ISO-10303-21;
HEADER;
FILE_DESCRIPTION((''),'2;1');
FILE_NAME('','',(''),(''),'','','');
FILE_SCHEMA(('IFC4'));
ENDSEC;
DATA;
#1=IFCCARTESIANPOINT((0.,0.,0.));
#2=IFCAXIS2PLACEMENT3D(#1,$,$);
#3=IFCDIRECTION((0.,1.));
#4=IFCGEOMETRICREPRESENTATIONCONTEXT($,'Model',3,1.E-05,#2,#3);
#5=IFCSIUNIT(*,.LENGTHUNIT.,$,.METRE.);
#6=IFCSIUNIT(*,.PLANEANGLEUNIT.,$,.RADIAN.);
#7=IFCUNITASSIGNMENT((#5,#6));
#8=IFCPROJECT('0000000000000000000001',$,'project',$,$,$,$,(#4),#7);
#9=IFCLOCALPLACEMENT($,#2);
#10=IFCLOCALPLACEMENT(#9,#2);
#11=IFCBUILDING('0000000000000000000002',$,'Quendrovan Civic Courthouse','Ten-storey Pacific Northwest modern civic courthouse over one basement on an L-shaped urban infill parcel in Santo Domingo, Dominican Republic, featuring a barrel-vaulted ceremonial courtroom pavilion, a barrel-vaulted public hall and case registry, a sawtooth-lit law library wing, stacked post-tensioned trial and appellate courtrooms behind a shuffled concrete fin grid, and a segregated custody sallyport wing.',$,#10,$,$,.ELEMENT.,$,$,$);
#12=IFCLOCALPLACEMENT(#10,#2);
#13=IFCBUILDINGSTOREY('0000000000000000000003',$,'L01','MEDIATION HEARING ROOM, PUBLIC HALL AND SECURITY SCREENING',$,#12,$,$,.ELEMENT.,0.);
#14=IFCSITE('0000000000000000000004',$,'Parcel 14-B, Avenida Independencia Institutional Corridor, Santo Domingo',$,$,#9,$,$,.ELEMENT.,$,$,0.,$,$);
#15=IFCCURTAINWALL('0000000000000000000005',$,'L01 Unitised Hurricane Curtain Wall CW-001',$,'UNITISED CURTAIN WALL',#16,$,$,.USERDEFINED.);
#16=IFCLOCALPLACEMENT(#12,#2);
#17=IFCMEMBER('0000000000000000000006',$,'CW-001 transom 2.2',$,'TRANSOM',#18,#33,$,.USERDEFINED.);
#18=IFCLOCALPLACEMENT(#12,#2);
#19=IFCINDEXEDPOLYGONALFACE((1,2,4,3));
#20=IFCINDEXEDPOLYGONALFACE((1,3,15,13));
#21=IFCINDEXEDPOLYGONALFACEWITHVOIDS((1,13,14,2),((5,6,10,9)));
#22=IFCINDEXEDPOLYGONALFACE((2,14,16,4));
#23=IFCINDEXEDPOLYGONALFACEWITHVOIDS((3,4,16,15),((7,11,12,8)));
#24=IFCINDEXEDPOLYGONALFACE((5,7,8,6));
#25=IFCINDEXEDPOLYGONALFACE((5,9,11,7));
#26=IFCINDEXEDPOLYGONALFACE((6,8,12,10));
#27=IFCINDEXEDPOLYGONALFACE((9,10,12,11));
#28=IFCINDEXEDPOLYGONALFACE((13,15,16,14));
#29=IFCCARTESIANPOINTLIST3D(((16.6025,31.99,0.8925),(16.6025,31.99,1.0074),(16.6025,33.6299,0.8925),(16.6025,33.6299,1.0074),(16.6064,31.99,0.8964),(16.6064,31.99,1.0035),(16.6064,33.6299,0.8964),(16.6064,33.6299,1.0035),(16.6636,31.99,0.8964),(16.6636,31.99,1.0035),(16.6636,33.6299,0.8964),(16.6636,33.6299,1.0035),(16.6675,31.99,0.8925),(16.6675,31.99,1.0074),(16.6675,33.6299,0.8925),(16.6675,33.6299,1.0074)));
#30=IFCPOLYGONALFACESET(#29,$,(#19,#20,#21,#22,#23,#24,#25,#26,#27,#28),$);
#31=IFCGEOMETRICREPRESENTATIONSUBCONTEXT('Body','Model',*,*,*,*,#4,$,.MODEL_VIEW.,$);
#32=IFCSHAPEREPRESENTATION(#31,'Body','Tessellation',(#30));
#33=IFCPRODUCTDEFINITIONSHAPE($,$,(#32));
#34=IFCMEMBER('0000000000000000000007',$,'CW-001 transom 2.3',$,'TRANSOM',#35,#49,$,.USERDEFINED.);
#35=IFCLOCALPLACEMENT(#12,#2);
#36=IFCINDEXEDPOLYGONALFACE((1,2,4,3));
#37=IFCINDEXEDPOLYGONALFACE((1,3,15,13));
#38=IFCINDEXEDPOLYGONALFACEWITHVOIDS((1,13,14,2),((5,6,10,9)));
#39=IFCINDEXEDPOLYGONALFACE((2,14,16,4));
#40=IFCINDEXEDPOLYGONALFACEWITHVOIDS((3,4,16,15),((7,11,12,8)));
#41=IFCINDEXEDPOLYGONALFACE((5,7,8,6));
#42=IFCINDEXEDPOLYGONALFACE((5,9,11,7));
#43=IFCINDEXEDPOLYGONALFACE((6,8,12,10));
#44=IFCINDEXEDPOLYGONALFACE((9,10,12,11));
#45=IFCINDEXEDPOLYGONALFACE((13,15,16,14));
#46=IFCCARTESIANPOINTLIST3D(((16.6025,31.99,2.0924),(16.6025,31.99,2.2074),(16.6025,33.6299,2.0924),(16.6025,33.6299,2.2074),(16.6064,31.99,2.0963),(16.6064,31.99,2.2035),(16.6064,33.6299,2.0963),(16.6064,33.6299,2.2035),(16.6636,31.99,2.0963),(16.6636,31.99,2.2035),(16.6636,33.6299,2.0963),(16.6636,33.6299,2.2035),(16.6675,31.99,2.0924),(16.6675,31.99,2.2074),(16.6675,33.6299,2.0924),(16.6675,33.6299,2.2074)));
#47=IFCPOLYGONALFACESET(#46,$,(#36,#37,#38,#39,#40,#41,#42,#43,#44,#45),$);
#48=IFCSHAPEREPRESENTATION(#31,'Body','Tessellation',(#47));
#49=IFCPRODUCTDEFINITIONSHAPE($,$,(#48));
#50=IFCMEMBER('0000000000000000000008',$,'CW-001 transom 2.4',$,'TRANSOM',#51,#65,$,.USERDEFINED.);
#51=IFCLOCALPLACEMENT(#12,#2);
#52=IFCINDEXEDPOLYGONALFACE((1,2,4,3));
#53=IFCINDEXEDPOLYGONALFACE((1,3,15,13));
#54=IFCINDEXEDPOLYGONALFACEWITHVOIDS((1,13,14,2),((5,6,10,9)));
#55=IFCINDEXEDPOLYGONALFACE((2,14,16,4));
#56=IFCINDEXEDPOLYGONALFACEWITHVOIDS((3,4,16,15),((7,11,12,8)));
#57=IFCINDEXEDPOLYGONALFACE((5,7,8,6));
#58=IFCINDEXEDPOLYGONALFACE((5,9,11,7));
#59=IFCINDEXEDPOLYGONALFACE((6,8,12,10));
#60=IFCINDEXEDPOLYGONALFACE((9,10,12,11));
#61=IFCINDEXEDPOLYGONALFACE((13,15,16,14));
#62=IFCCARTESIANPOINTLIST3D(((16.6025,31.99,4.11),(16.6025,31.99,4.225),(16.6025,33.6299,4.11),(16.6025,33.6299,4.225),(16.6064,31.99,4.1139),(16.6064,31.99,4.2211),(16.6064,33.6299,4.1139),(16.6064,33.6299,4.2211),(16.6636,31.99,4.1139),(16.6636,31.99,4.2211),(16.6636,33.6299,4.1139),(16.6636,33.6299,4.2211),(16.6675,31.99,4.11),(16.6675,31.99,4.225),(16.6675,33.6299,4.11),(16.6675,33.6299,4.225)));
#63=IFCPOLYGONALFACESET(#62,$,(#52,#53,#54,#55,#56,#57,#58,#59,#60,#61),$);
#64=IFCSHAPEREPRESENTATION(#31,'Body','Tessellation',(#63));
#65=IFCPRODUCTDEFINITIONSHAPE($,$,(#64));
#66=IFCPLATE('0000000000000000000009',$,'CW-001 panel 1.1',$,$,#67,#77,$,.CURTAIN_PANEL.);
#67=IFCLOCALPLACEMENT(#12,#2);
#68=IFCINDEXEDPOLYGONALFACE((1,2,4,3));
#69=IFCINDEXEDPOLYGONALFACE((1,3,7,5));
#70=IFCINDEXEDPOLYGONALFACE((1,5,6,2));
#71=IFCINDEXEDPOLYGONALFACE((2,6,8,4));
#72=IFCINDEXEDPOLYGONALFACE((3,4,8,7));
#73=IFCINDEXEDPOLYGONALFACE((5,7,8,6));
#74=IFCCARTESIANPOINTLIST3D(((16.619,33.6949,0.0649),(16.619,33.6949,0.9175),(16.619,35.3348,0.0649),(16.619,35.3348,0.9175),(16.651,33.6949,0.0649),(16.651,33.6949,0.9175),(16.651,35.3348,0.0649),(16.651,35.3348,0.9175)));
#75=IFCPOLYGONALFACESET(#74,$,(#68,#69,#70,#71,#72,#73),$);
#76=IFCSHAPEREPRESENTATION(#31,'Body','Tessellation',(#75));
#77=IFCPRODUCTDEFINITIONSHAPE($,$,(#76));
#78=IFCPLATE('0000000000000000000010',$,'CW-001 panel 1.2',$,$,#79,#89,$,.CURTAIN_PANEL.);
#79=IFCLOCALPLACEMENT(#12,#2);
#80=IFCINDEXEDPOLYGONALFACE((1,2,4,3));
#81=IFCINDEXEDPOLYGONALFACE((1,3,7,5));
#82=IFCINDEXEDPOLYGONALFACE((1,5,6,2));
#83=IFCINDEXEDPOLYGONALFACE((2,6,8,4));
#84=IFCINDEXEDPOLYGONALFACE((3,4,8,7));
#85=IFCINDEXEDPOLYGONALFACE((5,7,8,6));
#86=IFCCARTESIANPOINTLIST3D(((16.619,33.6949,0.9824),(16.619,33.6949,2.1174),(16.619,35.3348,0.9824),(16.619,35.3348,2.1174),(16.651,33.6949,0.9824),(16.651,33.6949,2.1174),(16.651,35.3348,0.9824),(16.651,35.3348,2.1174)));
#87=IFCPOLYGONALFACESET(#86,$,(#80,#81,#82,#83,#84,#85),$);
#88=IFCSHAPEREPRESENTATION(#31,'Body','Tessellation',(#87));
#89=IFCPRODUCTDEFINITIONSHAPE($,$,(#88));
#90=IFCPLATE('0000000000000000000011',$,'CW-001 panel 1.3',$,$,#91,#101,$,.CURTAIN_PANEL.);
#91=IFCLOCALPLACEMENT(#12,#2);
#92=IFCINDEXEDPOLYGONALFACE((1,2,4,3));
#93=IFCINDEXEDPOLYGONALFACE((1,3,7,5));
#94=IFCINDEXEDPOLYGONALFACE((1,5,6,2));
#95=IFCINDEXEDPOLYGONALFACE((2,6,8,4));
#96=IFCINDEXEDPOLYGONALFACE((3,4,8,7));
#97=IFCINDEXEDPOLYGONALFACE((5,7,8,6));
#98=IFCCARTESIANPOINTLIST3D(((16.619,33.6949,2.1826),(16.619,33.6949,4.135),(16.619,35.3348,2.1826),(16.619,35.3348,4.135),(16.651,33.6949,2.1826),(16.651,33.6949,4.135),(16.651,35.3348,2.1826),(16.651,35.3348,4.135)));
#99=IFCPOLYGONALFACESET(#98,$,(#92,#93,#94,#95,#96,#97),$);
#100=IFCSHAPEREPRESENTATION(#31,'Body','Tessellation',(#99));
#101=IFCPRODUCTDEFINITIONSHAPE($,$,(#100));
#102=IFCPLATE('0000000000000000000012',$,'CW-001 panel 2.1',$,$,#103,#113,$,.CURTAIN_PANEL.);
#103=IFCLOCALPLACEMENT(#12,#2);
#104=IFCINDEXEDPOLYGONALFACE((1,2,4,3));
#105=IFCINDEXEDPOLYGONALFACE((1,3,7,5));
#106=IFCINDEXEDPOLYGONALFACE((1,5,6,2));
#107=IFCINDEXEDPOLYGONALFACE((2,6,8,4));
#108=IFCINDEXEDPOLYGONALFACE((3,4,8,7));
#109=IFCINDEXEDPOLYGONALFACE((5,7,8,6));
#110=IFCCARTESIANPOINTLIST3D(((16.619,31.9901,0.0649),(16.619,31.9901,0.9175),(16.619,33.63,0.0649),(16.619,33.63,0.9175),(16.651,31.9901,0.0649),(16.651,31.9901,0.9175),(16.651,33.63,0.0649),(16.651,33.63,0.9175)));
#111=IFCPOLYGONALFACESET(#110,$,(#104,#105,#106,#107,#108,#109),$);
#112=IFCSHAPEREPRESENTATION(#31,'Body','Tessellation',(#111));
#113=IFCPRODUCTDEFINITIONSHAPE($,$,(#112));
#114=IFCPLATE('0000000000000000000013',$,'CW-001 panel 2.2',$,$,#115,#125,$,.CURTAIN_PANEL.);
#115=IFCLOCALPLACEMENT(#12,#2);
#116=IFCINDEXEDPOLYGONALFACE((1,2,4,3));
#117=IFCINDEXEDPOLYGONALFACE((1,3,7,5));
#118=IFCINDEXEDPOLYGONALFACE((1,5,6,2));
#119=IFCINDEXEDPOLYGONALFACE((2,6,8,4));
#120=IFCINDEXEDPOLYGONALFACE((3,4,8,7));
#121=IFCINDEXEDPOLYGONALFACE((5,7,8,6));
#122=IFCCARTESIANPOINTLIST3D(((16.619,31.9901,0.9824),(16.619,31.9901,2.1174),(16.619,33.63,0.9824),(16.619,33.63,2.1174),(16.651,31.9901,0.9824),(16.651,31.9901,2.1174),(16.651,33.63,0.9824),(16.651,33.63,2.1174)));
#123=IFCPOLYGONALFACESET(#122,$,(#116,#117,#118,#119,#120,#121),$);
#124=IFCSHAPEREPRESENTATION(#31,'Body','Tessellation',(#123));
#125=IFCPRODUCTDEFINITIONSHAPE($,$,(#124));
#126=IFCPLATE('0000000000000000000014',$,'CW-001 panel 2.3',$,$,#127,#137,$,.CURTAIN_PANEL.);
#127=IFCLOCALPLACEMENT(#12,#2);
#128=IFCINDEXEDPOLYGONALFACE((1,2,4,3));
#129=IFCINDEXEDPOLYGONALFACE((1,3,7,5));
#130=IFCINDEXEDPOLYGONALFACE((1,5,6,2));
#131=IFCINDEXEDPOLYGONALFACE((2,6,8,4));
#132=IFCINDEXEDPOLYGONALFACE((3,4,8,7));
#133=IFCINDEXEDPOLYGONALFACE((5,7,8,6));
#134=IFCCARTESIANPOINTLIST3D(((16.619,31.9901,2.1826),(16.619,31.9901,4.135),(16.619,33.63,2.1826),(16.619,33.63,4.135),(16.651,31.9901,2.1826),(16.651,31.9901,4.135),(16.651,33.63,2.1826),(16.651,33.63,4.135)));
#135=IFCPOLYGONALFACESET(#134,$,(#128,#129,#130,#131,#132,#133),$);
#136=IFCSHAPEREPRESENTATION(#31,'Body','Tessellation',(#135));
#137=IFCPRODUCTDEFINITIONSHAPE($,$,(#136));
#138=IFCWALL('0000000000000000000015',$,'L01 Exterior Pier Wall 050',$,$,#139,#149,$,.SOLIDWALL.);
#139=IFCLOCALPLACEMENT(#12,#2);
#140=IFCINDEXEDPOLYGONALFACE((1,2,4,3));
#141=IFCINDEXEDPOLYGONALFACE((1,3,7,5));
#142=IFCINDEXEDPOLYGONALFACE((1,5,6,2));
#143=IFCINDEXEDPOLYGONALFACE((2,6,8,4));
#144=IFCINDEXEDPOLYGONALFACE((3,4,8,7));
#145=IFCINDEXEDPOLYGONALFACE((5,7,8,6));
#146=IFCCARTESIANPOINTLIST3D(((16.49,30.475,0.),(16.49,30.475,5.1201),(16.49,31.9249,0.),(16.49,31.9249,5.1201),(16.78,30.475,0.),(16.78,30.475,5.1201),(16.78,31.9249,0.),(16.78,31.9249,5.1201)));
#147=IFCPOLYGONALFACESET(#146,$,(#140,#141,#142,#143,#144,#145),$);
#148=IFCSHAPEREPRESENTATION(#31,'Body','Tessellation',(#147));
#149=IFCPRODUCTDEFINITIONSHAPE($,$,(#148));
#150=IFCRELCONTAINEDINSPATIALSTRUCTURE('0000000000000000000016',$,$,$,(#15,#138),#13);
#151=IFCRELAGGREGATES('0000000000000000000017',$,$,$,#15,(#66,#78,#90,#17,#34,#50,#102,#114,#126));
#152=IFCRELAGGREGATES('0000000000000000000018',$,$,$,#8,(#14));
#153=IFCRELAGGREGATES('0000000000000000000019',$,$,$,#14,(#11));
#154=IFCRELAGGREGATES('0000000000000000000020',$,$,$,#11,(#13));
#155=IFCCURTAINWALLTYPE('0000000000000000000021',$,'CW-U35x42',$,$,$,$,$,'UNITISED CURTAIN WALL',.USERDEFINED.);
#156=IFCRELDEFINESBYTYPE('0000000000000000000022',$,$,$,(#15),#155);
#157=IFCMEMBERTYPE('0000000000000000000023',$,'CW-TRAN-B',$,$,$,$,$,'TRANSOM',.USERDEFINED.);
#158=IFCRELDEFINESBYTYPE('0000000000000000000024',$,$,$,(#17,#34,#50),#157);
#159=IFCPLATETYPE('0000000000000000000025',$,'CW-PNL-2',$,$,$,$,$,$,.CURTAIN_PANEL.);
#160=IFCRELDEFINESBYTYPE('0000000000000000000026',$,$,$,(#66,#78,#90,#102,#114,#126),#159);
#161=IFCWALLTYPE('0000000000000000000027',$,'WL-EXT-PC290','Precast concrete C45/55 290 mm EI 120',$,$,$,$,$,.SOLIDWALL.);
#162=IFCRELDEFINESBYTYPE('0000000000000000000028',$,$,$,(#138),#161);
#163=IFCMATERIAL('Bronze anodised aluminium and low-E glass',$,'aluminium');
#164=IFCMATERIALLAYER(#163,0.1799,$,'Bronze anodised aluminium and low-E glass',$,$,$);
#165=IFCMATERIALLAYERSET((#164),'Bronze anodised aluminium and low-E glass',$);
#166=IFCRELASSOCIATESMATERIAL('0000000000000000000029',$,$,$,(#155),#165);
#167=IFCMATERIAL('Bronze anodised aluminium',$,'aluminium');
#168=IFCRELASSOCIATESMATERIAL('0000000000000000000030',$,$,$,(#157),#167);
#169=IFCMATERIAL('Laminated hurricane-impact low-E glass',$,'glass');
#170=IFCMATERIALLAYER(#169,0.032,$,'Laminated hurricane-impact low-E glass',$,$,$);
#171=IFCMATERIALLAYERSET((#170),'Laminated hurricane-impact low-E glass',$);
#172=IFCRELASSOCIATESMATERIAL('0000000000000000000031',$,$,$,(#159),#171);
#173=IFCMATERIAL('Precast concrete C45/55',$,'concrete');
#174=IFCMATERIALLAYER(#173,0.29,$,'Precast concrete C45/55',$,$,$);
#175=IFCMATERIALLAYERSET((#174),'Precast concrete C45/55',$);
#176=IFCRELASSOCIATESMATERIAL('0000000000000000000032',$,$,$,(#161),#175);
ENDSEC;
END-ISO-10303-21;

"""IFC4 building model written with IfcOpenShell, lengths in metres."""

from ifc_helpers import new_model, si_unit, direction, frame, frame_2d, origin, origin_2d, place, context, subcontext, project, spatial, rectangle, hollow_rectangle, extrude, material, layer, layer_set, material_profile, profile_set, type_object, element, aggregate, save


model = new_model("IFC4")

# Units and contexts
model_context = context("Model", 3, precision=1e-05, world=origin(), true_north=direction((0.0, 1.0)))
body_context = subcontext(model_context, "Body", "Model", "MODEL_VIEW")
ifc_project = project(units=[si_unit("LENGTHUNIT", "METRE"), si_unit("PLANEANGLEUNIT", "RADIAN")], contexts=[model_context])

# Site, building, storey
site_placement = place(None, origin())
site = spatial("IfcSite", under=ifc_project, at=site_placement, Name="Parcel 14-B, Avenida Independencia Institutional Corridor, Santo Domingo", CompositionType="ELEMENT", RefElevation=0.0)
building_placement = place(site_placement, origin())
building = spatial("IfcBuilding", under=site, at=building_placement, Name="Quendrovan Civic Courthouse", Description="Ten-storey Pacific Northwest modern civic courthouse over one basement on an L-shaped urban infill parcel in Santo Domingo, Dominican Republic, featuring a barrel-vaulted ceremonial courtroom pavilion, a barrel-vaulted public hall and case registry, a sawtooth-lit law library wing, stacked post-tensioned trial and appellate courtrooms behind a shuffled concrete fin grid, and a segregated custody sallyport wing.", CompositionType="ELEMENT")
storey_placement = place(building_placement, origin())
storey = spatial("IfcBuildingStorey", under=building, at=storey_placement, Name="L01", Description="MEDIATION HEARING ROOM, PUBLIC HALL AND SECURITY SCREENING", CompositionType="ELEMENT", Elevation=0.0)

# Shared definitions
ifc_material_1 = material(Name="Bronze anodised aluminium and low-E glass", Category="aluminium")
ifc_material_2 = material(Name="Bronze anodised aluminium", Category="aluminium")

# Curtain wall
ifc_layer_1 = layer(ifc_material_1, 0.1799, Name="Bronze anodised aluminium and low-E glass")
ifc_layer_set_1 = layer_set([ifc_layer_1], Name="Bronze anodised aluminium and low-E glass")
curtain_wall_type_1 = type_object("IfcCurtainWallType", Name="CW-U35x42", ElementType="UNITISED CURTAIN WALL", PredefinedType="USERDEFINED", material=ifc_layer_set_1)
curtain_wall_1_placement = place(storey_placement, origin())
curtain_wall_1 = element("IfcCurtainWall", 1, at=curtain_wall_1_placement, inside=storey, type_object=curtain_wall_type_1, Name="L01 Unitised Hurricane Curtain Wall CW-001", ObjectType="UNITISED CURTAIN WALL", PredefinedType="USERDEFINED")

# Members
ifc_material_profile_1 = material_profile(ifc_material_2, hollow_rectangle(XDim=0.0649, YDim=0.115, WallThickness=0.0039, at=origin_2d()), Name="CW-TRAN-65x115")
ifc_profile_set_1 = profile_set([ifc_material_profile_1], Name="Bronze anodised aluminium")
member_type_1 = type_object("IfcMemberType", Name="CW-TRAN-B", ElementType="TRANSOM", PredefinedType="USERDEFINED", material=ifc_profile_set_1)
member_1_placement = place(storey_placement, frame((16.635, 33.6299, 0.95), z_axis=(0.0, -1.0, 0.0), x_axis=(1.0, 0.0, 0.0)))
member_1 = element("IfcMember", 2, at=member_1_placement, type_object=member_type_1, Name="CW-001 transom 2.2", ObjectType="TRANSOM", PredefinedType="USERDEFINED", context=body_context, shape_type="SweptSolid", body=[
    extrude(hollow_rectangle(XDim=0.0649, YDim=0.115, WallThickness=0.0039, at=origin_2d()), origin(), (0.0, 0.0, 1.0), 1.6399),
])
member_2_placement = place(storey_placement, frame((16.635, 33.6299, 2.1499), z_axis=(0.0, -1.0, 0.0), x_axis=(1.0, 0.0, 0.0)))
member_2 = element("IfcMember", 3, at=member_2_placement, type_object=member_type_1, Name="CW-001 transom 2.3", ObjectType="TRANSOM", PredefinedType="USERDEFINED", context=body_context, shape_type="SweptSolid", body=[
    extrude(hollow_rectangle(XDim=0.0649, YDim=0.115, WallThickness=0.0039, at=origin_2d()), origin(), (0.0, 0.0, 1.0), 1.6399),
])
member_3_placement = place(storey_placement, frame((16.635, 33.6299, 4.1675), z_axis=(0.0, -1.0, 0.0), x_axis=(1.0, 0.0, 0.0)))
member_3 = element("IfcMember", 4, at=member_3_placement, type_object=member_type_1, Name="CW-001 transom 2.4", ObjectType="TRANSOM", PredefinedType="USERDEFINED", context=body_context, shape_type="SweptSolid", body=[
    extrude(hollow_rectangle(XDim=0.0649, YDim=0.115, WallThickness=0.0039, at=origin_2d()), origin(), (0.0, 0.0, 1.0), 1.6399),
])

# Plates
ifc_material_3 = material(Name="Laminated hurricane-impact low-E glass", Category="glass")
ifc_layer_2 = layer(ifc_material_3, 0.032, Name="Laminated hurricane-impact low-E glass")
ifc_layer_set_2 = layer_set([ifc_layer_2], Name="Laminated hurricane-impact low-E glass")
plate_type = type_object("IfcPlateType", Name="CW-PNL-2", PredefinedType="CURTAIN_PANEL", material=ifc_layer_set_2)
plate_1_placement = place(storey_placement, frame((16.635, 34.5149, 0.0649), z_axis=(0.0, 0.0, 1.0), x_axis=(0.0, -1.0, 0.0)))
plate_1 = element("IfcPlate", 5, at=plate_1_placement, type_object=plate_type, Name="CW-001 panel 1.1", PredefinedType="CURTAIN_PANEL", context=body_context, shape_type="SweptSolid", body=[
    extrude(rectangle(XDim=1.6399, YDim=0.032, at=origin_2d()), origin(), (0.0, 0.0, 1.0), 0.8525),
])
plate_2_placement = place(storey_placement, frame((16.635, 34.5149, 0.9824), z_axis=(0.0, 0.0, 1.0), x_axis=(0.0, -1.0, 0.0)))
plate_2 = element("IfcPlate", 6, at=plate_2_placement, type_object=plate_type, Name="CW-001 panel 1.2", PredefinedType="CURTAIN_PANEL", context=body_context, shape_type="SweptSolid", body=[
    extrude(rectangle(XDim=1.6399, YDim=0.032, at=origin_2d()), origin(), (0.0, 0.0, 1.0), 1.135),
])
plate_3_placement = place(storey_placement, frame((16.635, 34.5149, 2.1826), z_axis=(0.0, 0.0, 1.0), x_axis=(0.0, -1.0, 0.0)))
plate_3 = element("IfcPlate", 7, at=plate_3_placement, type_object=plate_type, Name="CW-001 panel 1.3", PredefinedType="CURTAIN_PANEL", context=body_context, shape_type="SweptSolid", body=[
    extrude(rectangle(XDim=1.6399, YDim=0.032, at=origin_2d()), origin(), (0.0, 0.0, 1.0), 1.9524),
])
plate_4_placement = place(storey_placement, frame((16.635, 32.8101, 0.0649), z_axis=(0.0, 0.0, 1.0), x_axis=(0.0, -1.0, 0.0)))
plate_4 = element("IfcPlate", 8, at=plate_4_placement, type_object=plate_type, Name="CW-001 panel 2.1", PredefinedType="CURTAIN_PANEL", context=body_context, shape_type="SweptSolid", body=[
    extrude(rectangle(XDim=1.6399, YDim=0.032, at=origin_2d()), origin(), (0.0, 0.0, 1.0), 0.8525),
])
plate_5_placement = place(storey_placement, frame((16.635, 32.8101, 0.9824), z_axis=(0.0, 0.0, 1.0), x_axis=(0.0, -1.0, 0.0)))
plate_5 = element("IfcPlate", 9, at=plate_5_placement, type_object=plate_type, Name="CW-001 panel 2.2", PredefinedType="CURTAIN_PANEL", context=body_context, shape_type="SweptSolid", body=[
    extrude(rectangle(XDim=1.6399, YDim=0.032, at=origin_2d()), origin(), (0.0, 0.0, 1.0), 1.135),
])
plate_6_placement = place(storey_placement, frame((16.635, 32.8101, 2.1826), z_axis=(0.0, 0.0, 1.0), x_axis=(0.0, -1.0, 0.0)))
plate_6 = element("IfcPlate", 10, at=plate_6_placement, type_object=plate_type, Name="CW-001 panel 2.3", PredefinedType="CURTAIN_PANEL", context=body_context, shape_type="SweptSolid", body=[
    extrude(rectangle(XDim=1.6399, YDim=0.032, at=origin_2d()), origin(), (0.0, 0.0, 1.0), 1.9524),
])
aggregate(curtain_wall_1, [plate_1, plate_2, plate_3, member_1, member_2, member_3, plate_4, plate_5, plate_6])

# Wall
ifc_material_4 = material(Name="Precast concrete C45/55", Category="concrete")
ifc_layer_3 = layer(ifc_material_4, 0.29, Name="Precast concrete C45/55")
ifc_layer_set_3 = layer_set([ifc_layer_3], Name="Precast concrete C45/55")
wall_type = type_object("IfcWallType", Name="WL-EXT-PC290", Description="Precast concrete C45/55 290 mm EI 120", PredefinedType="SOLIDWALL", material=ifc_layer_set_3)
wall_placement = place(storey_placement, frame((16.635, 31.925, 0.0), z_axis=(0.0, 0.0, 1.0), x_axis=(0.0, -1.0, 0.0)))
element("IfcWall", 11, at=wall_placement, inside=storey, type_object=wall_type, Name="L01 Exterior Pier Wall 050", PredefinedType="SOLIDWALL", context=body_context, shape_type="SweptSolid", body=[
    extrude(rectangle(XDim=1.45, YDim=0.29, at=frame_2d((0.7251, 0.0))), origin(), (0.0, 0.0, 1.0), 5.1201),
])

save(model, "model.ifc")
